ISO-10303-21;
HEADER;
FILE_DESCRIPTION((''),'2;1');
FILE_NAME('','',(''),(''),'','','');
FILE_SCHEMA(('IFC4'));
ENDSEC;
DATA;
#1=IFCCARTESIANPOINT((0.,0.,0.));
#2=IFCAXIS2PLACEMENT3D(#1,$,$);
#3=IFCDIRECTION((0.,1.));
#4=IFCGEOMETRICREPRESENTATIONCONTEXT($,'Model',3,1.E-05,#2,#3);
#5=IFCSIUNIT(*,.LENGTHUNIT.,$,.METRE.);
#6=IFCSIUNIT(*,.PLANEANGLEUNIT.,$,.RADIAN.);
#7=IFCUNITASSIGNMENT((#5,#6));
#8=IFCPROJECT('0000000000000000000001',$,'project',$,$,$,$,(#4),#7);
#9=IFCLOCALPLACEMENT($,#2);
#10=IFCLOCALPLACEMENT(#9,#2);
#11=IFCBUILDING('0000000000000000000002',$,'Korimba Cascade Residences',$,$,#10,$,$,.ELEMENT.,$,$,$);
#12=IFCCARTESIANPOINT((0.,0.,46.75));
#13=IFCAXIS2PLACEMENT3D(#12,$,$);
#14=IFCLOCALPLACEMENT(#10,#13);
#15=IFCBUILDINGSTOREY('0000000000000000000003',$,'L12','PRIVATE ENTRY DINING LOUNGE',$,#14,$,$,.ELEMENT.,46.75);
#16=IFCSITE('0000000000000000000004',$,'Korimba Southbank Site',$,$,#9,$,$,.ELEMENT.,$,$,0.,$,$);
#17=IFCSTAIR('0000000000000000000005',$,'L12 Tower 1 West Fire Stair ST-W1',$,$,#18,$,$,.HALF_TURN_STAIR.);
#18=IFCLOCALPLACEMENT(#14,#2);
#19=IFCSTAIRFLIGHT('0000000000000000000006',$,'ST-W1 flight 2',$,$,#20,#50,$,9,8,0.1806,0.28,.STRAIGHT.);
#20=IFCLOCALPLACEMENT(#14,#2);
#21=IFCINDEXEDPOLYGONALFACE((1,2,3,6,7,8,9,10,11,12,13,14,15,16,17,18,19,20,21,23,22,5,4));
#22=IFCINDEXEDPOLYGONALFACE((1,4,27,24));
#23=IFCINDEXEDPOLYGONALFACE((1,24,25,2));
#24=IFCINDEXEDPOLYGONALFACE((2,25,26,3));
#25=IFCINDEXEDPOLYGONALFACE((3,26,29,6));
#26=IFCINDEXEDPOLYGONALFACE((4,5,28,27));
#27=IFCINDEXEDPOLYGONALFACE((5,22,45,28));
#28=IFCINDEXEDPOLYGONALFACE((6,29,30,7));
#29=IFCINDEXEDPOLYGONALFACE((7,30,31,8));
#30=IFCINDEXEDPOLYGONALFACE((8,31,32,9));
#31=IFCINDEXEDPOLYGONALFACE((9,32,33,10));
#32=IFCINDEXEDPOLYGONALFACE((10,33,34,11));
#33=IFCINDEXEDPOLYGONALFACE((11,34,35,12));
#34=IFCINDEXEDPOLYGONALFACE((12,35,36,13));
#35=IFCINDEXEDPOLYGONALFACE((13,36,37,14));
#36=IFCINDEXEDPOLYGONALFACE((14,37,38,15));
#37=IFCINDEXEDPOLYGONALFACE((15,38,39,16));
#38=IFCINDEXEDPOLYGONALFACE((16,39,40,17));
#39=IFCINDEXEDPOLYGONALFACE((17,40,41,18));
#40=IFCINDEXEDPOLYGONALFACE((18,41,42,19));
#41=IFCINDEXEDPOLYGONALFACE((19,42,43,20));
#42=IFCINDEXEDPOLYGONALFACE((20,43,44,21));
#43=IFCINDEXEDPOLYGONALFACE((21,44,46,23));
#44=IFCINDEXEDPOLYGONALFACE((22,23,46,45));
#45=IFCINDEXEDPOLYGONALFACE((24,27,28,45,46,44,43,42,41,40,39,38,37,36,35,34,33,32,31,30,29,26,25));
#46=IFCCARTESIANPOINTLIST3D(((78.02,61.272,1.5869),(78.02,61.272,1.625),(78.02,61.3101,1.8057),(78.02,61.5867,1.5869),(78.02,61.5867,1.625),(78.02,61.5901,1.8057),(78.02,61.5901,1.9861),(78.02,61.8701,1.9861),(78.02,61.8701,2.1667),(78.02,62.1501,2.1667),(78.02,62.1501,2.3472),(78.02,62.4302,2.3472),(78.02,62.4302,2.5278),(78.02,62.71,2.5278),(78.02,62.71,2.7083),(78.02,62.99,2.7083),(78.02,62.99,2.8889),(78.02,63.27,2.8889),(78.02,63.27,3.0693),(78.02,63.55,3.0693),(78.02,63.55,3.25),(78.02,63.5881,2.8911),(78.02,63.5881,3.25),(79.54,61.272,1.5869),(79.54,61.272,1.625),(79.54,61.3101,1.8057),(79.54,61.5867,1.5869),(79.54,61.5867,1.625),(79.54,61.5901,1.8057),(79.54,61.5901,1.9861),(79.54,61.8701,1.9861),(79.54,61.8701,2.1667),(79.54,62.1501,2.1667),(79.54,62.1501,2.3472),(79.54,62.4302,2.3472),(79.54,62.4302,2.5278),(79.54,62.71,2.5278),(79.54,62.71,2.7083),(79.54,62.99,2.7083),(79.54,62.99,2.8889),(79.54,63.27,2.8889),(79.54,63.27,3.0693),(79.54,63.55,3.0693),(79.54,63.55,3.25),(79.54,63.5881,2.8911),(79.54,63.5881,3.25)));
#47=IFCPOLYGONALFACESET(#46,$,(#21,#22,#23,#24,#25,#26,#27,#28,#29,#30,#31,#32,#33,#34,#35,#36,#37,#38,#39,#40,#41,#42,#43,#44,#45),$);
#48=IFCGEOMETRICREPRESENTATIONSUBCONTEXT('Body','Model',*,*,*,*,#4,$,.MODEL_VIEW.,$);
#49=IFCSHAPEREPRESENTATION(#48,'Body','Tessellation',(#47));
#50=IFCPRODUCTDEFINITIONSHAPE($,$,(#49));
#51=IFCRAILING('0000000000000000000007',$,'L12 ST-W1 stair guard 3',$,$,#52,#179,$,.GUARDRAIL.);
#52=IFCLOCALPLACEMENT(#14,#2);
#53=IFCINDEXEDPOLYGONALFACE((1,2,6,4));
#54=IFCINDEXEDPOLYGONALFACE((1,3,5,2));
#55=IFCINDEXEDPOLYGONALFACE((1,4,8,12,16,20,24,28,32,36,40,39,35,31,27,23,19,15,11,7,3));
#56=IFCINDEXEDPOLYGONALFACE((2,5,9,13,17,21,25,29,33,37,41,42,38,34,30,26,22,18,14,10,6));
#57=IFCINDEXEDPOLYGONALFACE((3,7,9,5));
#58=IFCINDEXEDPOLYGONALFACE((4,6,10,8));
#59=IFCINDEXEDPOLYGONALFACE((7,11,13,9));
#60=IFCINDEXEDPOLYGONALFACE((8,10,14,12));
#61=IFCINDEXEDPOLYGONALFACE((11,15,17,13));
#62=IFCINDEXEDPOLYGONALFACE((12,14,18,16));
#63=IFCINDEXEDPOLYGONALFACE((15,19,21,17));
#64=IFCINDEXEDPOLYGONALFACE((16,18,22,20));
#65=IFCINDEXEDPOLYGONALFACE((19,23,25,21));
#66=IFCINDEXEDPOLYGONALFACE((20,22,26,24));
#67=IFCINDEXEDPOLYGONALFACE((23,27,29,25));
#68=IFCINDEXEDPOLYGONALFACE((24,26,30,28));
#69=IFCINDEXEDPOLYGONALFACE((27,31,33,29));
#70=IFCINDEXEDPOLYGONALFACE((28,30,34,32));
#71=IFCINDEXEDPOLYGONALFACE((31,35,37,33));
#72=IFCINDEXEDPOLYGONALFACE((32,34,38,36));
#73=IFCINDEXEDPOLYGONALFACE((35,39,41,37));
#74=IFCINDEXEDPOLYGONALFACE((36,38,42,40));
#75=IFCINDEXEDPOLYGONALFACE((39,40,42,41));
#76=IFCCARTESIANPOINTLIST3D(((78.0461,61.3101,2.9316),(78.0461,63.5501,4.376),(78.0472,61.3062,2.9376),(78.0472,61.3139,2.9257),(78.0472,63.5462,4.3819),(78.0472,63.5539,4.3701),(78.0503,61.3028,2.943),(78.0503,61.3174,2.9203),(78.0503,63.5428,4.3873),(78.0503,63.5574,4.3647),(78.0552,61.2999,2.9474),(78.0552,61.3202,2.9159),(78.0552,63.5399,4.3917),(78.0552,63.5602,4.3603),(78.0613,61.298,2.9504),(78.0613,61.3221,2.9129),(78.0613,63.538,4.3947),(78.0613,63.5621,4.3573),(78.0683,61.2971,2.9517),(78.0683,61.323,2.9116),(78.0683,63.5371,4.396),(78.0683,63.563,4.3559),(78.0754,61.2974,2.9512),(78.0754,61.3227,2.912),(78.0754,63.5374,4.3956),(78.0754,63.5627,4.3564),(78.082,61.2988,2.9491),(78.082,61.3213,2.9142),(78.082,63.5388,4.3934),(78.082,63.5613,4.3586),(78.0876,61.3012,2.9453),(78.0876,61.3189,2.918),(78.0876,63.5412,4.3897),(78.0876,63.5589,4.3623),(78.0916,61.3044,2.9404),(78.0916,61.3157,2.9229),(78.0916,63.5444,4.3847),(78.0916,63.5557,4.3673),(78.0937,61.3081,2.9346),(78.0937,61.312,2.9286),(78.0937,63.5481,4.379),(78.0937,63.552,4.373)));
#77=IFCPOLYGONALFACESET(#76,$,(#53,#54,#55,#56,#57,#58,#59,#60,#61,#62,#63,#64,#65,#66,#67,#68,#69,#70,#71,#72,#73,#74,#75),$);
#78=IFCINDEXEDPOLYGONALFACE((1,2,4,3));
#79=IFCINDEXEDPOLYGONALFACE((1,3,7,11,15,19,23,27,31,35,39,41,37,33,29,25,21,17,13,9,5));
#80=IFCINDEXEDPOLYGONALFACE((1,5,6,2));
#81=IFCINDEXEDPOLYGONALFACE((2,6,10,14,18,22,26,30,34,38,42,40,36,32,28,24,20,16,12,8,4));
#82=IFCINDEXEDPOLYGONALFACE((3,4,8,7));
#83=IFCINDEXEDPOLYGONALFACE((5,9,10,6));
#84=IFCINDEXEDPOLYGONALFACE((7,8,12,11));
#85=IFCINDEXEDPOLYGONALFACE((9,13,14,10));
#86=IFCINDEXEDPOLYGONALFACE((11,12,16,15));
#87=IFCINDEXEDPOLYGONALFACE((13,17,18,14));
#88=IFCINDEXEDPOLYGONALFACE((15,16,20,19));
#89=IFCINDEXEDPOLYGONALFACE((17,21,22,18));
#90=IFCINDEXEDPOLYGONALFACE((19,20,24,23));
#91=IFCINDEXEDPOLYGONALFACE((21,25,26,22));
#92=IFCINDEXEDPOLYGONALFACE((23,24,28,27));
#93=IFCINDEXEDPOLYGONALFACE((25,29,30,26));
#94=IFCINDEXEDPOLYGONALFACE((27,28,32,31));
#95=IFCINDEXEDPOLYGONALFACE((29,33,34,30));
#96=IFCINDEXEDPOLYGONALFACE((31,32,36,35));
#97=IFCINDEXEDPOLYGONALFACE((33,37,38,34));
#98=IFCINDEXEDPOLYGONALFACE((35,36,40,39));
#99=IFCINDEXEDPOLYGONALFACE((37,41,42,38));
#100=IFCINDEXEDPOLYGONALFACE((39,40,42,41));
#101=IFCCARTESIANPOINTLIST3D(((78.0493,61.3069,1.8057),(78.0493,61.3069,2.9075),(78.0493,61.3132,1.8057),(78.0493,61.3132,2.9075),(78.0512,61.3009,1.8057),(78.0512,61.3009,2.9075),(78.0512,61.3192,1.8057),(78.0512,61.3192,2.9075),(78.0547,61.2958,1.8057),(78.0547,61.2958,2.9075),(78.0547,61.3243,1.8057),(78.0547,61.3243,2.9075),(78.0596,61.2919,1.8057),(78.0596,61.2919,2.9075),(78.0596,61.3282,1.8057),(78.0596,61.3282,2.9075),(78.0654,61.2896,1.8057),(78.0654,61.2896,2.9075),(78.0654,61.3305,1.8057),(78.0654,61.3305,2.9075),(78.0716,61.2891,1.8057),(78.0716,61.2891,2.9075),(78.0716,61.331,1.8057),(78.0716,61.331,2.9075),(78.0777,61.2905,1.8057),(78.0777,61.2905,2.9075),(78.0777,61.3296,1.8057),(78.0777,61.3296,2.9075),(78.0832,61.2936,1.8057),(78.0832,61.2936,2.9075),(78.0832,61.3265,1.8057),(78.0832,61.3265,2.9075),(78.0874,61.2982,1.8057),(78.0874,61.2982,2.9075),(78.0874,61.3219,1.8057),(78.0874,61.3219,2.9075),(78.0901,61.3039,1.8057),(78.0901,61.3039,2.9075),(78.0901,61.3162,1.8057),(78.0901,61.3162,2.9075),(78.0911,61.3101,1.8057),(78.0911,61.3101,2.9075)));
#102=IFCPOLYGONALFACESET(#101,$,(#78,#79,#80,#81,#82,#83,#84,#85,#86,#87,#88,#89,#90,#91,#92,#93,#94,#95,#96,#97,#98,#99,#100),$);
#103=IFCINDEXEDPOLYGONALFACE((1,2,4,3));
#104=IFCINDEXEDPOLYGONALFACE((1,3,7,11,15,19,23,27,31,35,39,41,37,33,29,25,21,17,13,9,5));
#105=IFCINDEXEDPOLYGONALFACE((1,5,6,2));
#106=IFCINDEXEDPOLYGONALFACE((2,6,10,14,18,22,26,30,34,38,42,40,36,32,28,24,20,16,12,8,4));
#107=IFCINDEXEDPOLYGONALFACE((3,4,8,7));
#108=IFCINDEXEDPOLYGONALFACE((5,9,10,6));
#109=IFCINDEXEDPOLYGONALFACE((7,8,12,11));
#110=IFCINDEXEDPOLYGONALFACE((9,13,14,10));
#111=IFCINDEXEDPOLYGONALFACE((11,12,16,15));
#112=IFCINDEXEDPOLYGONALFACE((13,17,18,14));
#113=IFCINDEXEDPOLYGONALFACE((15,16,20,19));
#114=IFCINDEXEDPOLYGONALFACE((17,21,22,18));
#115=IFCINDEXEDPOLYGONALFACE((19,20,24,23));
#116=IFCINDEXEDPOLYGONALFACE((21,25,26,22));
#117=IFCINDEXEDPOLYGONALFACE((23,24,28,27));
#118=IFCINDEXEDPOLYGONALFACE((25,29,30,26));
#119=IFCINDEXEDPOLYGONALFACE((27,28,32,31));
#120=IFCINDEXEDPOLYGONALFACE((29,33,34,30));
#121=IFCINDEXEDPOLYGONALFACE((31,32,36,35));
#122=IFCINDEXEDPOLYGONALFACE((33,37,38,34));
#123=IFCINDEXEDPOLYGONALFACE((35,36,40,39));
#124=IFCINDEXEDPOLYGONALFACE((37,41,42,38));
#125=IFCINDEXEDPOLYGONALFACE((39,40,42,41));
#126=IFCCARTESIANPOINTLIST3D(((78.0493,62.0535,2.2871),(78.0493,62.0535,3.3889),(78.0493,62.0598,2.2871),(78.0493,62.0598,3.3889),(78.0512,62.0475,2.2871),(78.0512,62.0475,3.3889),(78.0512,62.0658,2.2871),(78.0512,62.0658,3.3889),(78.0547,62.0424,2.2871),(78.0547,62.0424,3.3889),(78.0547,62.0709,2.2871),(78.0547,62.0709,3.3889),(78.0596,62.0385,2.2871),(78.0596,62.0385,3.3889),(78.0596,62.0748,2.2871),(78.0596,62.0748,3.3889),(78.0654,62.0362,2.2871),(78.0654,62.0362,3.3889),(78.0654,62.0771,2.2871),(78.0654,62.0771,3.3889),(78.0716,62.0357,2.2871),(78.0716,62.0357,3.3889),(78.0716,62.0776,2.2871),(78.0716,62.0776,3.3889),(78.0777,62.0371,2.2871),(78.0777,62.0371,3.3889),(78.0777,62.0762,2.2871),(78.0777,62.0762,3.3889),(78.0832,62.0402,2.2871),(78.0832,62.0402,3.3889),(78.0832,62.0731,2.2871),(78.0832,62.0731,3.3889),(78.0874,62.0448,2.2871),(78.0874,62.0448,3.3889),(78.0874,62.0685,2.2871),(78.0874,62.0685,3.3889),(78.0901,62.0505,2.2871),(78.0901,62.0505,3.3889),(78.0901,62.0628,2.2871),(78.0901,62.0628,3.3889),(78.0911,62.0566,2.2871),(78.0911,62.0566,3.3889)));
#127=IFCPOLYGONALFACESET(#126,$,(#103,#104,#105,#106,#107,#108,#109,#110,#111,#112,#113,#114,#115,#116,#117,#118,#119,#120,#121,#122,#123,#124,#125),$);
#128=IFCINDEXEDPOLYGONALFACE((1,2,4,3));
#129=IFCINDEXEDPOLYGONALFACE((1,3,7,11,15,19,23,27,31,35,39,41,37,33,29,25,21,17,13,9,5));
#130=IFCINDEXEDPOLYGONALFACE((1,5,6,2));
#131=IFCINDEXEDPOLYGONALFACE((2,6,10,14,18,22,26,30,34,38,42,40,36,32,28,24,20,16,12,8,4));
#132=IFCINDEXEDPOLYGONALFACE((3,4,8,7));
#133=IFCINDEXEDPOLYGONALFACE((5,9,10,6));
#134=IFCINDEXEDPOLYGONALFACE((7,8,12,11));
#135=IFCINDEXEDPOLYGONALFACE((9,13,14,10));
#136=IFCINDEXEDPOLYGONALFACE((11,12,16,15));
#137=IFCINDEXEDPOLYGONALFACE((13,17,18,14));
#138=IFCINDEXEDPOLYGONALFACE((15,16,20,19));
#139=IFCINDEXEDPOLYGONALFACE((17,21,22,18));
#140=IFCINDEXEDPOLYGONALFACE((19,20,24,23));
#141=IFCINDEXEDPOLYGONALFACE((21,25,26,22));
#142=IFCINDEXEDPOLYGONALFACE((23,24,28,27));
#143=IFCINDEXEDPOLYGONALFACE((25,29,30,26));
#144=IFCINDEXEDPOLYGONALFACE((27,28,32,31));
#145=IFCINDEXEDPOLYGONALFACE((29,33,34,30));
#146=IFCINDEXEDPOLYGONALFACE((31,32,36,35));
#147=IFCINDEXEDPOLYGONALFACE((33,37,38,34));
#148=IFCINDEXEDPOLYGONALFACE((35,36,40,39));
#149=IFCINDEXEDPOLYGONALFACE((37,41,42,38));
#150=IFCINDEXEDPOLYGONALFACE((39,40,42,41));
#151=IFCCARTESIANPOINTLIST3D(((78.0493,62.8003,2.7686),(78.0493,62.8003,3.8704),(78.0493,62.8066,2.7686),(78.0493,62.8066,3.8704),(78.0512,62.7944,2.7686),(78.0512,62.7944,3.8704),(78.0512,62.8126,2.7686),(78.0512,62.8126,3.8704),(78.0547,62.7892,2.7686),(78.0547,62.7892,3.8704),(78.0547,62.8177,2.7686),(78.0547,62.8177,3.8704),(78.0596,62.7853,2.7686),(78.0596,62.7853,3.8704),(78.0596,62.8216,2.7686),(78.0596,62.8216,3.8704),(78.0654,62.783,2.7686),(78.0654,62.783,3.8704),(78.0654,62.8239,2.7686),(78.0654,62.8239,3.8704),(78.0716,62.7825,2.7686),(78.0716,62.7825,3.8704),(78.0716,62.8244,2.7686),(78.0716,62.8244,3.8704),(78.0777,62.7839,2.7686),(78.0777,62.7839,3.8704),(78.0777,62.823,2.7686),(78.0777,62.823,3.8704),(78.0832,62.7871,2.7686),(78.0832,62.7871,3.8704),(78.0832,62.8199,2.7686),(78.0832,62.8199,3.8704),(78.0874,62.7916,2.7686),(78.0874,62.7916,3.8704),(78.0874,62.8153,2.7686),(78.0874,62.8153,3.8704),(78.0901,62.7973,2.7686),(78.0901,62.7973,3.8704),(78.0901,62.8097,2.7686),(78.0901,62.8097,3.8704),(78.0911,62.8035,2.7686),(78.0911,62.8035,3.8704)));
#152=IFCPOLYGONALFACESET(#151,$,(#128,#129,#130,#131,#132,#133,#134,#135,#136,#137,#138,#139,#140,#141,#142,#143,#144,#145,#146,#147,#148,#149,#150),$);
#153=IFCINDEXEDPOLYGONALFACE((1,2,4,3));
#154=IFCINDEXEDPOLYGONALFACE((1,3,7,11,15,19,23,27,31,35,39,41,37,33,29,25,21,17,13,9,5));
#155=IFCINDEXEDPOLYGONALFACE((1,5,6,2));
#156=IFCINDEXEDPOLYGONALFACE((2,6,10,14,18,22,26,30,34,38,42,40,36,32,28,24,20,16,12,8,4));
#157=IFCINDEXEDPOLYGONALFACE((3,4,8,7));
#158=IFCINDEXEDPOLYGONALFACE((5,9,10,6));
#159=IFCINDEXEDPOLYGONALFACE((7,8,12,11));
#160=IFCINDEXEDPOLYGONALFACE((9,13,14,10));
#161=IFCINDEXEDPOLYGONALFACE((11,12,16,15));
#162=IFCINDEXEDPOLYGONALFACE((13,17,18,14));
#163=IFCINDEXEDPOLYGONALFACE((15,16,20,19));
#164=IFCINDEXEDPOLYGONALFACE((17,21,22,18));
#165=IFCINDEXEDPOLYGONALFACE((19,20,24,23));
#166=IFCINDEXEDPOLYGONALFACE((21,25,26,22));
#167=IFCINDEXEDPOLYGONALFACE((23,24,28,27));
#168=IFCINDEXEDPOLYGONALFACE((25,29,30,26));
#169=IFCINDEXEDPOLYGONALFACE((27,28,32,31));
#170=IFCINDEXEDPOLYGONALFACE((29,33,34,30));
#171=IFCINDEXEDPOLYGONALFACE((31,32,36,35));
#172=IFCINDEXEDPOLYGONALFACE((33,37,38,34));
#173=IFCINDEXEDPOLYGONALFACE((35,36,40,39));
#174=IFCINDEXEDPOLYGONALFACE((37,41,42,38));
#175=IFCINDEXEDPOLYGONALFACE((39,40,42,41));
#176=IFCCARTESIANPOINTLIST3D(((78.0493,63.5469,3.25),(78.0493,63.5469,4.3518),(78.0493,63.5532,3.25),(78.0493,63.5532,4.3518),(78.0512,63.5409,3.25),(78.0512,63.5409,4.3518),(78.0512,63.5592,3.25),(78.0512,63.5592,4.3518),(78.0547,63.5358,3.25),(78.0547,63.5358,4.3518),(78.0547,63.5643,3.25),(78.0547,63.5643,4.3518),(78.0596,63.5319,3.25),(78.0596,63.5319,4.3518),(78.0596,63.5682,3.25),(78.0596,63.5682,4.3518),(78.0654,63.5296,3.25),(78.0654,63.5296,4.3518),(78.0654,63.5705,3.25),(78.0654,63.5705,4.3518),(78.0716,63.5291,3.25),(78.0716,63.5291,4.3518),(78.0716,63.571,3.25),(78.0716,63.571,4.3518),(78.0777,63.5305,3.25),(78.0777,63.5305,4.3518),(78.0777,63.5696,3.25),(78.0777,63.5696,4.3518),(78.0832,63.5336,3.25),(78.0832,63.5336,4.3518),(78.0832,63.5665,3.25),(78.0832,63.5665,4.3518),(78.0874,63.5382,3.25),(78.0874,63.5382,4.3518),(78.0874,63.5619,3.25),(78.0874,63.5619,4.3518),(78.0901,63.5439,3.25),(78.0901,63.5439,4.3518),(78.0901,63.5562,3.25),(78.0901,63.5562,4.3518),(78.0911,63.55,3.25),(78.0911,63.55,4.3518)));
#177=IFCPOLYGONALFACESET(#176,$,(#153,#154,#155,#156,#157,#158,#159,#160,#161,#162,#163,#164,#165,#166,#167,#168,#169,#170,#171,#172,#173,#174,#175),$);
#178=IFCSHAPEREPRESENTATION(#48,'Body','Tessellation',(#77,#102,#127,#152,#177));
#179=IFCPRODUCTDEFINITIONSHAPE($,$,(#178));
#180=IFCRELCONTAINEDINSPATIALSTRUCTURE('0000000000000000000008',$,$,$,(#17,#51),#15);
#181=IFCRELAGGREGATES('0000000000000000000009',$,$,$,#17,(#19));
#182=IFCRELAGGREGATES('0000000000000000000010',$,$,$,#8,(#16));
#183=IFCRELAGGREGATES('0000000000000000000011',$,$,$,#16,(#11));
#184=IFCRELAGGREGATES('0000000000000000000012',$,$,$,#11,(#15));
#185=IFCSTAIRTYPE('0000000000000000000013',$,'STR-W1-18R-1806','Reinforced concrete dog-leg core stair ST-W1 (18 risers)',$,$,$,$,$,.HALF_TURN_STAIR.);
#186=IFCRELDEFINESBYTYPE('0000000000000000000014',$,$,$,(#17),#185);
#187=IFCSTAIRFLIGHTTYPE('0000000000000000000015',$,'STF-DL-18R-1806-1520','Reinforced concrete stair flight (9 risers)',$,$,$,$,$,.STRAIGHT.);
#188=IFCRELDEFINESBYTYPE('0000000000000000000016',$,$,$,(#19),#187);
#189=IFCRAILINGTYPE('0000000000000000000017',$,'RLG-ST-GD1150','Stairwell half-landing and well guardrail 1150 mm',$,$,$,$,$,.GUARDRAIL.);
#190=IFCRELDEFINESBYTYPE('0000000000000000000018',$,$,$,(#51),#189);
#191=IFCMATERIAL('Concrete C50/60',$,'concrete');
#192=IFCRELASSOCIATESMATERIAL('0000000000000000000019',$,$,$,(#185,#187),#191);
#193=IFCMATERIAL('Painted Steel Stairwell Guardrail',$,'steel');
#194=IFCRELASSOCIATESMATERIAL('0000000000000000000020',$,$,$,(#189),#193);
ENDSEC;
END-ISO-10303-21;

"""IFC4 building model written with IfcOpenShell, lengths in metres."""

from ifc_helpers import new_model, si_unit, direction, frame, origin, origin_2d, place, context, subcontext, project, spatial, polyline, circle, outline, extrude, material, type_object, element, aggregate, save


model = new_model("IFC4")

# Units and contexts
model_context = context("Model", 3, precision=1e-05, world=origin(), true_north=direction((0.0, 1.0)))
body_context = subcontext(model_context, "Body", "Model", "MODEL_VIEW")
ifc_project = project(units=[si_unit("LENGTHUNIT", "METRE"), si_unit("PLANEANGLEUNIT", "RADIAN")], contexts=[model_context])

# Site, building, storey
site_placement = place(None, origin())
site = spatial("IfcSite", under=ifc_project, at=site_placement, Name="Korimba Southbank Site", CompositionType="ELEMENT", RefElevation=0.0)
building_placement = place(site_placement, origin())
building = spatial("IfcBuilding", under=site, at=building_placement, Name="Korimba Cascade Residences", CompositionType="ELEMENT")
storey_placement = place(building_placement, frame((0.0, 0.0, 46.75)))
storey = spatial("IfcBuildingStorey", under=building, at=storey_placement, Name="L12", Description="PRIVATE ENTRY DINING LOUNGE", CompositionType="ELEMENT", Elevation=46.75)

# Stair, stair flight
ifc_material_1 = material(Name="Concrete C50/60", Category="concrete")
stair_type = type_object("IfcStairType", Name="STR-W1-18R-1806", Description="Reinforced concrete dog-leg core stair ST-W1 (18 risers)", PredefinedType="HALF_TURN_STAIR", material=ifc_material_1)
stair_placement = place(storey_placement, origin())
stair = element("IfcStair", 1, at=stair_placement, inside=storey, type_object=stair_type, Name="L12 Tower 1 West Fire Stair ST-W1", PredefinedType="HALF_TURN_STAIR")
stair_flight_type = type_object("IfcStairFlightType", Name="STF-DL-18R-1806-1520", Description="Reinforced concrete stair flight (9 risers)", PredefinedType="STRAIGHT", material=ifc_material_1)
stair_flight_placement = place(storey_placement, frame((78.78, 61.3101, 1.625), z_axis=(0.0, 0.0, 1.0), x_axis=(0.0, 1.0, 0.0)))
stair_flight = element("IfcStairFlight", 2, at=stair_flight_placement, type_object=stair_flight_type, Name="ST-W1 flight 2", NumberOfRisers=9, NumberOfTreads=8, PredefinedType="STRAIGHT", RiserHeight=0.1806, TreadLength=0.28, context=body_context, shape_type="SweptSolid", body=[
    extrude(outline(polyline([(-0.0381, 0.0), (0.0, 0.1807), (0.28, 0.1807), (0.28, 0.3611), (0.5601, 0.3611), (0.5601, 0.5417), (0.8401, 0.5417), (0.8401, 0.7222), (1.1201, 0.7222), (1.1201, 0.9028), (1.3999, 0.9028), (1.3999, 1.0833), (1.6799, 1.0833), (1.6799, 1.2639), (1.96, 1.2639), (1.96, 1.4443), (2.24, 1.4443), (2.24, 1.625), (2.2781, 1.625), (2.2781, 1.2661), (0.2766, 0.0), (0.2766, -0.0381), (-0.0381, -0.0381), (-0.0381, 0.0)])), frame((0.0, 0.76, 0.0), z_axis=(0.0, -1.0, 0.0), x_axis=(1.0, 0.0, 0.0)), (0.0, 0.0, 1.0), 1.52),
])
aggregate(stair, [stair_flight])

# Railing
ifc_material_2 = material(Name="Painted Steel Stairwell Guardrail", Category="steel")
railing_type_1 = type_object("IfcRailingType", Name="RLG-ST-GD1150", Description="Stairwell half-landing and well guardrail 1150 mm", PredefinedType="GUARDRAIL", material=ifc_material_2)
railing_1_placement = place(storey_placement, frame((78.0701, 61.3101, 1.8057)))
element("IfcRailing", 3, at=railing_1_placement, inside=storey, type_object=railing_type_1, Name="L12 ST-W1 stair guard 3", PredefinedType="GUARDRAIL", context=body_context, shape_type="SweptSolid", body=[
    extrude(circle(Radius=0.0239, at=origin_2d()), frame((0.0, 0.0, 1.126), z_axis=(0.0, 0.840437, 0.54191), x_axis=(-1.0, 0.0, 0.0)), (0.0, 0.0, 1.0), 2.6653),
    extrude(circle(Radius=0.021, at=origin_2d()), origin(), (0.0, 0.0, 1.0), 1.1018),
    extrude(circle(Radius=0.021, at=origin_2d()), frame((0.0, 0.7466, 0.4814)), (0.0, 0.0, 1.0), 1.1018),
    extrude(circle(Radius=0.021, at=origin_2d()), frame((0.0, 1.4934, 0.9629)), (0.0, 0.0, 1.0), 1.1018),
    extrude(circle(Radius=0.021, at=origin_2d()), frame((0.0, 2.24, 1.4443)), (0.0, 0.0, 1.0), 1.1018),
])

save(model, "model.ifc")
